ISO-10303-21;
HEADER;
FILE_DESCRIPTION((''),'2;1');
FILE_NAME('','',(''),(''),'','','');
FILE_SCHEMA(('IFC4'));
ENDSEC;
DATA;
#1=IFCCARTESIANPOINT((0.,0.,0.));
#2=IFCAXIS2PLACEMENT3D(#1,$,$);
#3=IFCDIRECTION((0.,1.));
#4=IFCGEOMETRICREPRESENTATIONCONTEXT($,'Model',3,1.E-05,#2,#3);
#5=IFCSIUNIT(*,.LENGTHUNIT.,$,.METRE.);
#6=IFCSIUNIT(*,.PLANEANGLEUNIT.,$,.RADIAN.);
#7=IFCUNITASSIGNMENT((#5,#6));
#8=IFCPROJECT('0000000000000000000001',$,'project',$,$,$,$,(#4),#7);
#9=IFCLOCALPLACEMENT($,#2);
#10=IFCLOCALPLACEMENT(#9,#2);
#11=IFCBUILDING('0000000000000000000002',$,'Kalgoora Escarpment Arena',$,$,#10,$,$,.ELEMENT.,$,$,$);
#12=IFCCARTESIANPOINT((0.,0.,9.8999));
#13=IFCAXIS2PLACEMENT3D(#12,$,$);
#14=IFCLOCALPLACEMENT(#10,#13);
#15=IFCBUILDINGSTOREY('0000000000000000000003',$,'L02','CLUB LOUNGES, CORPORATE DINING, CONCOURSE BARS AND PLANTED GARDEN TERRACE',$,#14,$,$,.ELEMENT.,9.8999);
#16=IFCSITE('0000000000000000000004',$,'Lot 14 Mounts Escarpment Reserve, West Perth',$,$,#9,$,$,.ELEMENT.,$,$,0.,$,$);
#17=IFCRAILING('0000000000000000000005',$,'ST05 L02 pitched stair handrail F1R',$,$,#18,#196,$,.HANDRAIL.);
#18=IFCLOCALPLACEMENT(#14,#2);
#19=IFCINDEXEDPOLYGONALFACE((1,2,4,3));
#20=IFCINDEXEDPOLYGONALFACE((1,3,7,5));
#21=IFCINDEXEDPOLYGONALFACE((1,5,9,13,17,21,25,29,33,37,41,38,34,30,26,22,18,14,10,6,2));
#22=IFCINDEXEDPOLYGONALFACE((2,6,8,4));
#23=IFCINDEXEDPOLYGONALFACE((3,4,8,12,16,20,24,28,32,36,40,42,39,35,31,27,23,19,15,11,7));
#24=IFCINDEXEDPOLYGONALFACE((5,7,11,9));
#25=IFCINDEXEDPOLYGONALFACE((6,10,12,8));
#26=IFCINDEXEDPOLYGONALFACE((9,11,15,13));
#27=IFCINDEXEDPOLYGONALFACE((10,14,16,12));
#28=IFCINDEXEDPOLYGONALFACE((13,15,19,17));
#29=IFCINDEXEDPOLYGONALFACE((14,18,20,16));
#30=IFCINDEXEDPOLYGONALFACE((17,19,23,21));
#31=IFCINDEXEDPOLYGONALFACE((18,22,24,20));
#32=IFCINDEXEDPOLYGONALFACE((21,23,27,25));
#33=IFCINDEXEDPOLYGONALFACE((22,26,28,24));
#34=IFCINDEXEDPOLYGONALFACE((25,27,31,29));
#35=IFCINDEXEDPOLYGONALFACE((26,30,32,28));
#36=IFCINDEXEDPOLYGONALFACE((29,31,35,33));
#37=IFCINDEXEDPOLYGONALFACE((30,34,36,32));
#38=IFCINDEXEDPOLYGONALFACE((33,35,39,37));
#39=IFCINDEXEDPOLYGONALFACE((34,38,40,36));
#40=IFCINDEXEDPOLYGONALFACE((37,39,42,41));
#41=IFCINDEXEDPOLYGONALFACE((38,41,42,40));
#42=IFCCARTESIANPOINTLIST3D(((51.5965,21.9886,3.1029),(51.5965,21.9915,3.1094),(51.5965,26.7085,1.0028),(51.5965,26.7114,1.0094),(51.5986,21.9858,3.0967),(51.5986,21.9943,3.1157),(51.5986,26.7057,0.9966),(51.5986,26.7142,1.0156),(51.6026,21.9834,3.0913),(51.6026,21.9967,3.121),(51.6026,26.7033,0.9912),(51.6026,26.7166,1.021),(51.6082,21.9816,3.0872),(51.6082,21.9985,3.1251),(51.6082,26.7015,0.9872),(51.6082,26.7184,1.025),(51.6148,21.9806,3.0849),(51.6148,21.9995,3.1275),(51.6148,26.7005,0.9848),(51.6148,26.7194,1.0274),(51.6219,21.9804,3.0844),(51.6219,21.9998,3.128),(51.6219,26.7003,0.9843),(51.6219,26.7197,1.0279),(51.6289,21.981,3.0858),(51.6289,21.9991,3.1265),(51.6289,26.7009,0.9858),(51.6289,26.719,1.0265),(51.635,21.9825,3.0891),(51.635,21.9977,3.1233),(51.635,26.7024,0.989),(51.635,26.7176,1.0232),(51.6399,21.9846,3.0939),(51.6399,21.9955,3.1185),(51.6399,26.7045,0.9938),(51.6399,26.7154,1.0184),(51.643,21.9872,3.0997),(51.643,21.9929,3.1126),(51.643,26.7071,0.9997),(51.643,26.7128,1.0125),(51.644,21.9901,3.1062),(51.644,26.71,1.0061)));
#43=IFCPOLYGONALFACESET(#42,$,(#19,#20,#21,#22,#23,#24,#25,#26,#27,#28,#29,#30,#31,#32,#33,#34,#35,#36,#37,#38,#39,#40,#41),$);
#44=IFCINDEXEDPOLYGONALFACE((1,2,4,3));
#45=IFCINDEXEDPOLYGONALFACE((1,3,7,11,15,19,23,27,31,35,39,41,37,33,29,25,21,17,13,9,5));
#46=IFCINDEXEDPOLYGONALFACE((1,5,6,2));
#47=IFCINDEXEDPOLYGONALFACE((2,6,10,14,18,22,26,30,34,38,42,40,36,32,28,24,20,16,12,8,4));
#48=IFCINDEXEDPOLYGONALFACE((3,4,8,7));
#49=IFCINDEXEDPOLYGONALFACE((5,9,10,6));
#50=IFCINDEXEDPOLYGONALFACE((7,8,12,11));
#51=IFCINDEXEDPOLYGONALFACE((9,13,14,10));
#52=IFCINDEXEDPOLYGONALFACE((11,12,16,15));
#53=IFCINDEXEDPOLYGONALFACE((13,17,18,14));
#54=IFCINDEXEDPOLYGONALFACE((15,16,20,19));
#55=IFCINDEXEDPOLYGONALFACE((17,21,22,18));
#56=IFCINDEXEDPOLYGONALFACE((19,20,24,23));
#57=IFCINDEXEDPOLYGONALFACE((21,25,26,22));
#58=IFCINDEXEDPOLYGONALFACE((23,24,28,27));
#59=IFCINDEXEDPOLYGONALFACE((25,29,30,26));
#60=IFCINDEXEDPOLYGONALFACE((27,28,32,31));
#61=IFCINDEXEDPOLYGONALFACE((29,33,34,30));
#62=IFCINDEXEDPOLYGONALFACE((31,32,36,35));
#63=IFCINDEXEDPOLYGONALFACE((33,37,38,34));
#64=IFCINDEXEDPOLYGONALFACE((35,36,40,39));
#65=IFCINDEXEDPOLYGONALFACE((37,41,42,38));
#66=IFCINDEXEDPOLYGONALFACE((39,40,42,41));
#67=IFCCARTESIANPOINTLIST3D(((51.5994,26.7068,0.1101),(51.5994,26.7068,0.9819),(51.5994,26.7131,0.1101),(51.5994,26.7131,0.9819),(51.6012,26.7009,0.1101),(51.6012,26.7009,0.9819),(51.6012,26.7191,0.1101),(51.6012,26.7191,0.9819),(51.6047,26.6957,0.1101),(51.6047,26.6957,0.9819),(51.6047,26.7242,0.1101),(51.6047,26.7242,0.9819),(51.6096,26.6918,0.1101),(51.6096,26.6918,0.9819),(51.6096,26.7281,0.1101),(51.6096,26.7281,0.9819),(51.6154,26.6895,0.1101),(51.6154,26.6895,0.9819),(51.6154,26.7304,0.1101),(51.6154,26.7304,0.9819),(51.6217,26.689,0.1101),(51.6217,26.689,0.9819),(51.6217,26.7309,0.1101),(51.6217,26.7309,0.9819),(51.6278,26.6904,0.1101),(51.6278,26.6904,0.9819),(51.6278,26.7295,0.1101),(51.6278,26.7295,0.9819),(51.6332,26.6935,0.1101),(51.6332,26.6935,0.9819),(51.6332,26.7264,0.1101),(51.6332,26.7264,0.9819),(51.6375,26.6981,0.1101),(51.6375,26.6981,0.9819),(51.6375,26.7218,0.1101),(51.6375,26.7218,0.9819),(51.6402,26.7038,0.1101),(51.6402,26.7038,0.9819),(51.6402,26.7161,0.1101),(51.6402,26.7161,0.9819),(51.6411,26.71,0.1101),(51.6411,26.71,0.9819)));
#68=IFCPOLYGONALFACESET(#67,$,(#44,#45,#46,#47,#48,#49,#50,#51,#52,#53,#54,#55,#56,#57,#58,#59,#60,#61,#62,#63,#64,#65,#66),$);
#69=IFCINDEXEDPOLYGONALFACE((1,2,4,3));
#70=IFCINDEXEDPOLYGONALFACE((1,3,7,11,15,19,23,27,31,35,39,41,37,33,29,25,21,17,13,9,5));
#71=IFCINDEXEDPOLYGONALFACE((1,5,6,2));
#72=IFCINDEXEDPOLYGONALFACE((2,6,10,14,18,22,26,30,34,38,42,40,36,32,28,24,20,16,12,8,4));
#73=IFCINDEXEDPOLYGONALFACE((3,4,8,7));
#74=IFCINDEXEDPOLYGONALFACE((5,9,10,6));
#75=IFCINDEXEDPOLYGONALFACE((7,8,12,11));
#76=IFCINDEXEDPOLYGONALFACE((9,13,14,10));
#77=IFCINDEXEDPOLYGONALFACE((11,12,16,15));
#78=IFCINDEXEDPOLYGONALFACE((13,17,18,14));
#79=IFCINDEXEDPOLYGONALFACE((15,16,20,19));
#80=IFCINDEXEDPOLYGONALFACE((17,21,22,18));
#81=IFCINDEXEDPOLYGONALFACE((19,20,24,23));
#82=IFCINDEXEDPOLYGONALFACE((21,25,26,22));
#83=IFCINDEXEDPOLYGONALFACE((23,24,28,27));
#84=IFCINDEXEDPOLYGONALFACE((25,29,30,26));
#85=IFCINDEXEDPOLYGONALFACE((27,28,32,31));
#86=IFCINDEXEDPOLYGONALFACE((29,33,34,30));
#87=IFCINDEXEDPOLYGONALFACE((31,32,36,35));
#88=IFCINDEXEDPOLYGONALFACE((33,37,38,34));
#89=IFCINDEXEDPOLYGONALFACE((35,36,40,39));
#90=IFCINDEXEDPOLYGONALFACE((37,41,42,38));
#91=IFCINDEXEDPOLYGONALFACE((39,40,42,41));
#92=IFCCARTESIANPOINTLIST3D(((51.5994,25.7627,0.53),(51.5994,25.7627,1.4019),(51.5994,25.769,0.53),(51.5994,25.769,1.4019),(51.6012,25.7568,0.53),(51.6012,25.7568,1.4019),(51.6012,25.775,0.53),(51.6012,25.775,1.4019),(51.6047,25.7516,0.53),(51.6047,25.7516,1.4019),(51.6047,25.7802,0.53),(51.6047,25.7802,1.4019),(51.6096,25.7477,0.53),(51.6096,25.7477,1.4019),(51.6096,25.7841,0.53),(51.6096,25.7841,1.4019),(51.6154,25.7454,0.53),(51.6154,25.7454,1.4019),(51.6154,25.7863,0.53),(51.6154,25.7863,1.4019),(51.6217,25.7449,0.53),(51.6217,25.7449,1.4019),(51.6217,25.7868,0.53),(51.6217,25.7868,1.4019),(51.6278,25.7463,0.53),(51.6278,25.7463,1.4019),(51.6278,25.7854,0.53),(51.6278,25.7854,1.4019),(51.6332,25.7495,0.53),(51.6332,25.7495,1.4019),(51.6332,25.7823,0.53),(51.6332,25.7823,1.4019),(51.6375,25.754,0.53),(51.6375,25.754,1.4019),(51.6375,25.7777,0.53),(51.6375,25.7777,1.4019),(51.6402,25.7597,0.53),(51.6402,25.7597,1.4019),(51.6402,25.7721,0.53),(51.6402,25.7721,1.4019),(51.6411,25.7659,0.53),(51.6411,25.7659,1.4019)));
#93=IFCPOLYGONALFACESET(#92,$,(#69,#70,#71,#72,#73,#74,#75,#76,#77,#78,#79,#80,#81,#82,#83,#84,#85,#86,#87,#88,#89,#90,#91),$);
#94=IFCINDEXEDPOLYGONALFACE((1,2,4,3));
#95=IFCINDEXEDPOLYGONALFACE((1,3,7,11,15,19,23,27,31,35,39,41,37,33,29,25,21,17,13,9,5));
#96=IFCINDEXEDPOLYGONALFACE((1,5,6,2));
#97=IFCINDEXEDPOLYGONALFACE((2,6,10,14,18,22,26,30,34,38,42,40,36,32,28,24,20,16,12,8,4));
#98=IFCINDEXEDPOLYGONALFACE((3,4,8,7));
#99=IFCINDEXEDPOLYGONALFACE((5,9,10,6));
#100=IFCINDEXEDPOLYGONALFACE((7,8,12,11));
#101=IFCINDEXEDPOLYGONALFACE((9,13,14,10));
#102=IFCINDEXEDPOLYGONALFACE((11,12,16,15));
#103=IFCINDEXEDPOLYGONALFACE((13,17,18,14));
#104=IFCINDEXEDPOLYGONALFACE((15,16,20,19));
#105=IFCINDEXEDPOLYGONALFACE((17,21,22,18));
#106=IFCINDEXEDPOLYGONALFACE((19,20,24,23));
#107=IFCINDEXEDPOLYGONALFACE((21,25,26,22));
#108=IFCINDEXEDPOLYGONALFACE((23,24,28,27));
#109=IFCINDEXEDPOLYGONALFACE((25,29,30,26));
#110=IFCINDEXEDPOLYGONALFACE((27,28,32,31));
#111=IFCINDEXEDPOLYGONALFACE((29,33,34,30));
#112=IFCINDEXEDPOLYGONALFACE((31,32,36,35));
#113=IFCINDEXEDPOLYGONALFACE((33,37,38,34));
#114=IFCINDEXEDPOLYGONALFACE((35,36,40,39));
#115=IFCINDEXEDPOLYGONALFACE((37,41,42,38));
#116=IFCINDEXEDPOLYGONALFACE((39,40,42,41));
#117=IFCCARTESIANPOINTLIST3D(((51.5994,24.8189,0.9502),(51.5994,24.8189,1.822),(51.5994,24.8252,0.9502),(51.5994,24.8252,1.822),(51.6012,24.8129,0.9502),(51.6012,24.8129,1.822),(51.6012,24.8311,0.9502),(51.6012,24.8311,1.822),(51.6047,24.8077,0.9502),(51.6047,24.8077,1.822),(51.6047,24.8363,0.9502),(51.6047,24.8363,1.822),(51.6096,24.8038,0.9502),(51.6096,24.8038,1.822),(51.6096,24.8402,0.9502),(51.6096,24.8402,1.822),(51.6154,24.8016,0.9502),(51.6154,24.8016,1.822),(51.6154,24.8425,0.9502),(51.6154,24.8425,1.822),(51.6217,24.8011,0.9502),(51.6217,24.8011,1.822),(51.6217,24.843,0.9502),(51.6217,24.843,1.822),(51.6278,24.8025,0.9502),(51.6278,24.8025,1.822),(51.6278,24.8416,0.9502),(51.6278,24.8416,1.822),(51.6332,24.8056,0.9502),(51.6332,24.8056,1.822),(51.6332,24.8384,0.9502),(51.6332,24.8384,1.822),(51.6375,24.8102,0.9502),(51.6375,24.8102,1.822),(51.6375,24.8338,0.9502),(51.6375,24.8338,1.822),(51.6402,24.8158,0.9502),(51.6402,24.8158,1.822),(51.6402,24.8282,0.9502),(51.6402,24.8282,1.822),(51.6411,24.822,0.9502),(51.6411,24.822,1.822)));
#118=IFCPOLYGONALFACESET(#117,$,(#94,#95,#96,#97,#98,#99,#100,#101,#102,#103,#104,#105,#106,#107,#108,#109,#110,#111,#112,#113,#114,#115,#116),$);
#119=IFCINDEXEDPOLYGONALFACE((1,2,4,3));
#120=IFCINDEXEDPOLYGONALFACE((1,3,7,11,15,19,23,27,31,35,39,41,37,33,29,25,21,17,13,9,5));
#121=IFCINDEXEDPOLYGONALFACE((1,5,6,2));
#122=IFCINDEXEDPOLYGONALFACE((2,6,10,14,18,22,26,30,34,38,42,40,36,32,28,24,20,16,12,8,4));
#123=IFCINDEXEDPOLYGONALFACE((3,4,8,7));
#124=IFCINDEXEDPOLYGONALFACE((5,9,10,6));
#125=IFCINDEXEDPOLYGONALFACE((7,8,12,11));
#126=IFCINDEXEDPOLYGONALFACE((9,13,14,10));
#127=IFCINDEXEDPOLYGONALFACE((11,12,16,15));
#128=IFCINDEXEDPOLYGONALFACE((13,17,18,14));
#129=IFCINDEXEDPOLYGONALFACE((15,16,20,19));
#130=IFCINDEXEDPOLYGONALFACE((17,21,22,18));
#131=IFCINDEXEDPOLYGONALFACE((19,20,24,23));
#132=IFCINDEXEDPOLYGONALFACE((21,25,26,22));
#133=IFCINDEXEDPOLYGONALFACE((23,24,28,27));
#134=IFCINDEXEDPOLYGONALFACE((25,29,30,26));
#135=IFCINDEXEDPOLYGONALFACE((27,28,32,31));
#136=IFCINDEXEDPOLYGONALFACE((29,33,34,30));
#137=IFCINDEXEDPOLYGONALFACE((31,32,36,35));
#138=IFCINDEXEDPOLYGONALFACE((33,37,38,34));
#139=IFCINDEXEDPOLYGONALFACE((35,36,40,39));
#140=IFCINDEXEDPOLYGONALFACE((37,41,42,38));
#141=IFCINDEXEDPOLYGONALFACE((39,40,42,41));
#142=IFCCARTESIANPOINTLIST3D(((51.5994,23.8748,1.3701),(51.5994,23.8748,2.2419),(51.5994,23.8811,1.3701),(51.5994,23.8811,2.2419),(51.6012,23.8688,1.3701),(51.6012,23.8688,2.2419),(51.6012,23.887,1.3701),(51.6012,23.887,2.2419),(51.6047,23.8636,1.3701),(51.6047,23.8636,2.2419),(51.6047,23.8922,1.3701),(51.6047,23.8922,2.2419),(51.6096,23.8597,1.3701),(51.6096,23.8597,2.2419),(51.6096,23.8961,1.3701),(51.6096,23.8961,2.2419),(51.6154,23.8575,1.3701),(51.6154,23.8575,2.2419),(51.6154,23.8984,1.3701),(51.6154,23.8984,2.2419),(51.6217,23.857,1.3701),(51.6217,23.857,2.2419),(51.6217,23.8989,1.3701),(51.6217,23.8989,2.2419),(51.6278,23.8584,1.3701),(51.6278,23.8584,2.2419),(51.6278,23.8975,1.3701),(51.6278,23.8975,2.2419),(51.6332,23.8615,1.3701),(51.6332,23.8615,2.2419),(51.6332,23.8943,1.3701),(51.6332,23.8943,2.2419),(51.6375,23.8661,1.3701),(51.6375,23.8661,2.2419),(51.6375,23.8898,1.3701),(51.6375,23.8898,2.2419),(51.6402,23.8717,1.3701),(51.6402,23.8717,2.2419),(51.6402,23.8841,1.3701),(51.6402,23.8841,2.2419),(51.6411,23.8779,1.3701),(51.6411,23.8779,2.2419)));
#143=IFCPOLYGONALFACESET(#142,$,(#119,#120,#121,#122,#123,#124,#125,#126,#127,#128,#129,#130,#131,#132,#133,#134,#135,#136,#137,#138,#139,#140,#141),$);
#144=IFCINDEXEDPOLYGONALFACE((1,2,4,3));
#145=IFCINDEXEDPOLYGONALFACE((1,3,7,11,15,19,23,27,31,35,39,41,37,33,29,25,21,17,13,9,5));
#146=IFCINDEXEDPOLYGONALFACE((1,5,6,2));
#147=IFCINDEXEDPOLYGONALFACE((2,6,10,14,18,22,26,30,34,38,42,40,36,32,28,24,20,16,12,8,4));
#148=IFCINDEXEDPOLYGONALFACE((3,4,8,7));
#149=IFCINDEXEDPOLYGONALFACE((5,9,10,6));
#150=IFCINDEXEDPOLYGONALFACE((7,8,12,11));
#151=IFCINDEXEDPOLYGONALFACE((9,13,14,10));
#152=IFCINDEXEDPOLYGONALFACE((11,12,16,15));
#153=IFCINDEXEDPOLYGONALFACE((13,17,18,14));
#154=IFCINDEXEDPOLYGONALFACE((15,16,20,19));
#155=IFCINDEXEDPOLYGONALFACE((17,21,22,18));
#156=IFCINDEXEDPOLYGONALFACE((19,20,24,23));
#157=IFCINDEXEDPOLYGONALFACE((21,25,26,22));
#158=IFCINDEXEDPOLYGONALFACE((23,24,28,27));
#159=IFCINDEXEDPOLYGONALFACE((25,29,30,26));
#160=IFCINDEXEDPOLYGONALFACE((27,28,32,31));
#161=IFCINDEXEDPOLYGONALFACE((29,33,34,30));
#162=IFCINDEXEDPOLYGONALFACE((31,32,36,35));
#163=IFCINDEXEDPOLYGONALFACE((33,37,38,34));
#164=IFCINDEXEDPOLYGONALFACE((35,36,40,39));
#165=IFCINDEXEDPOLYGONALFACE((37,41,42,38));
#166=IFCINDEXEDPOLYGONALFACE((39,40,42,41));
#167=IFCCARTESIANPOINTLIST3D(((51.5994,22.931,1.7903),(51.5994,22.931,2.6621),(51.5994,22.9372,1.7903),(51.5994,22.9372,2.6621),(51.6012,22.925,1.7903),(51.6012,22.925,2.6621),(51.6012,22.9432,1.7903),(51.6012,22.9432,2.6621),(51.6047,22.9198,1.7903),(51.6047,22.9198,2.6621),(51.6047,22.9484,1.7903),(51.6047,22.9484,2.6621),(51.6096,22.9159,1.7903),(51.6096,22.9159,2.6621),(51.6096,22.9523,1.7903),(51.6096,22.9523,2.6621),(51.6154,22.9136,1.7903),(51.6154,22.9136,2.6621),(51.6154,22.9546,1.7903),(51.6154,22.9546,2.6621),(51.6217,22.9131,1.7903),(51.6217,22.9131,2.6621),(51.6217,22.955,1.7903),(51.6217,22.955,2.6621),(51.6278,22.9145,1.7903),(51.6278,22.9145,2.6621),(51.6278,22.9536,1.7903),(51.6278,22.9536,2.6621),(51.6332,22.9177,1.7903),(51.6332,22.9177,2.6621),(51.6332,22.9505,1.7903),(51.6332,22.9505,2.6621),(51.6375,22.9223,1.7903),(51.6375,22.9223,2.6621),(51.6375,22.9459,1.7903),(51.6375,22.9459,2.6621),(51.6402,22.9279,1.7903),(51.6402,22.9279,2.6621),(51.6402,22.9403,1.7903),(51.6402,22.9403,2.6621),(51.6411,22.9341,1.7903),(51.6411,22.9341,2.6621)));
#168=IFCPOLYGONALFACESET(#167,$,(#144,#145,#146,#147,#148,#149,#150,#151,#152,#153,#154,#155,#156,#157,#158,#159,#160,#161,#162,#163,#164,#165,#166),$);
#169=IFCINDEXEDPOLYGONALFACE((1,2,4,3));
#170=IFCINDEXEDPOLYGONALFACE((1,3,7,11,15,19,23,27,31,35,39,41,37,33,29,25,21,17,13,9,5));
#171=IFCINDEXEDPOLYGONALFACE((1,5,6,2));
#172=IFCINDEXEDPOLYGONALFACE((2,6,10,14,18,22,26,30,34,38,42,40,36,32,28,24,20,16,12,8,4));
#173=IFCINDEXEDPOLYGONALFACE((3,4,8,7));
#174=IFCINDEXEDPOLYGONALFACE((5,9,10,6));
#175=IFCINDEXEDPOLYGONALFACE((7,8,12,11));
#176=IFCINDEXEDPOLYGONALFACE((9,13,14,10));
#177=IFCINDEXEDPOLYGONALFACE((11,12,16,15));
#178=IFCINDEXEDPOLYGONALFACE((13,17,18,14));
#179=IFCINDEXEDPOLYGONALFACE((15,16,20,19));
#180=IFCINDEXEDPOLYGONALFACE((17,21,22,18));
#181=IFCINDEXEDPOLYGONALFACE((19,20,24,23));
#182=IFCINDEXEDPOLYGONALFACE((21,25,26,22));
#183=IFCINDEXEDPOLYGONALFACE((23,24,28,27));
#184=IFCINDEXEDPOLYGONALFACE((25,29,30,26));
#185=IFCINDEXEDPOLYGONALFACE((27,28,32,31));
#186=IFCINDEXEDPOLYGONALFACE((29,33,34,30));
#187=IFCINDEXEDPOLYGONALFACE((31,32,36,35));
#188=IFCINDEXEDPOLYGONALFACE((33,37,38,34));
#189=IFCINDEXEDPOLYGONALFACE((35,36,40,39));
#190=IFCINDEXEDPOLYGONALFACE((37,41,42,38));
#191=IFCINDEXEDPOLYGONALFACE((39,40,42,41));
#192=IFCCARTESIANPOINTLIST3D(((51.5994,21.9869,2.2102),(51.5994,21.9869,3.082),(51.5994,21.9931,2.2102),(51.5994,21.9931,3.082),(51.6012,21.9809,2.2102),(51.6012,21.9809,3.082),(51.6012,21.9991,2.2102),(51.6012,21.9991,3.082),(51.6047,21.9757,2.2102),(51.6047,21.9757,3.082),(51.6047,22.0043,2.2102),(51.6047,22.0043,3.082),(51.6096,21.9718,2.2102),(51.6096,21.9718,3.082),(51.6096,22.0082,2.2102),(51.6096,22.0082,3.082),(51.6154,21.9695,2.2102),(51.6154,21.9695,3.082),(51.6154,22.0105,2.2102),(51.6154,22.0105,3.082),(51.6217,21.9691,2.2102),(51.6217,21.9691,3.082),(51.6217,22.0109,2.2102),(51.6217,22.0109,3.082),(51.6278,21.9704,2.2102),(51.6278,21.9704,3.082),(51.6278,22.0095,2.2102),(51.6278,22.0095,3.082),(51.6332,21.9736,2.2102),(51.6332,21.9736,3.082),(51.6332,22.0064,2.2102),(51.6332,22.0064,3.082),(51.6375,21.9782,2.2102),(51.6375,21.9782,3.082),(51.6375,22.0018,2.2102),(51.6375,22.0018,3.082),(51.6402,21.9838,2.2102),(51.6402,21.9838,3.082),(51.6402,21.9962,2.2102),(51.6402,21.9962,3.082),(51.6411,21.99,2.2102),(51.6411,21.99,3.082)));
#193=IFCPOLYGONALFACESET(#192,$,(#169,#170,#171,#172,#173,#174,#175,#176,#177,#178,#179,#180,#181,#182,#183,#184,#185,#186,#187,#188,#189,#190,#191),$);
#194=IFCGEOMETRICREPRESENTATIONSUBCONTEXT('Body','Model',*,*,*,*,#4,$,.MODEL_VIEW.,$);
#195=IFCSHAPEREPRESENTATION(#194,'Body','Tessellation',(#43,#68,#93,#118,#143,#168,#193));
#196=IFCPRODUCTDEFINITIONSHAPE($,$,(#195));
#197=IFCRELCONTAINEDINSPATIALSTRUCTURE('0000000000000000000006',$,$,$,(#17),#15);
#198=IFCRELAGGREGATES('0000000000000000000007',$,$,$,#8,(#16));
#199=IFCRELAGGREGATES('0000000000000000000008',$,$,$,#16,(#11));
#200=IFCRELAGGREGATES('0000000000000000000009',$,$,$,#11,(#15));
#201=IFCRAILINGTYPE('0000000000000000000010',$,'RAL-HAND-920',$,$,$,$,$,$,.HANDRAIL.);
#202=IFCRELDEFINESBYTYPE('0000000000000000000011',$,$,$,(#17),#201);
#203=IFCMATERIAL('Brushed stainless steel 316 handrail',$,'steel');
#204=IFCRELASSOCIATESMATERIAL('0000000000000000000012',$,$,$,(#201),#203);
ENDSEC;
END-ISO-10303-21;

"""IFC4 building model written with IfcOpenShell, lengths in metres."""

from ifc_helpers import new_model, si_unit, direction, frame, origin, origin_2d, place, context, subcontext, project, spatial, circle, extrude, material, type_object, element, save


model = new_model("IFC4")

# Units and contexts
model_context = context("Model", 3, precision=1e-05, world=origin(), true_north=direction((0.0, 1.0)))
body_context = subcontext(model_context, "Body", "Model", "MODEL_VIEW")
ifc_project = project(units=[si_unit("LENGTHUNIT", "METRE"), si_unit("PLANEANGLEUNIT", "RADIAN")], contexts=[model_context])

# Site, building, storey
site_placement = place(None, origin())
site = spatial("IfcSite", under=ifc_project, at=site_placement, Name="Lot 14 Mounts Escarpment Reserve, West Perth", CompositionType="ELEMENT", RefElevation=0.0)
building_placement = place(site_placement, origin())
building = spatial("IfcBuilding", under=site, at=building_placement, Name="Kalgoora Escarpment Arena", CompositionType="ELEMENT")
storey_placement = place(building_placement, frame((0.0, 0.0, 9.8999)))
storey = spatial("IfcBuildingStorey", under=building, at=storey_placement, Name="L02", Description="CLUB LOUNGES, CORPORATE DINING, CONCOURSE BARS AND PLANTED GARDEN TERRACE", CompositionType="ELEMENT", Elevation=9.8999)

# Railing
ifc_material_1 = material(Name="Brushed stainless steel 316 handrail", Category="steel")
railing_type_1 = type_object("IfcRailingType", Name="RAL-HAND-920", PredefinedType="HANDRAIL", material=ifc_material_1)
for number, where, name in (
    (1, (51.6201, 26.71, 0.1101), "ST05 L02 pitched stair handrail F1R"),
):
    element("IfcRailing", number, at=place(storey_placement, frame(where)), inside=storey, type_object=railing_type_1, Name=name, PredefinedType="HANDRAIL", context=body_context, shape_type="SweptSolid", body=[
        extrude(circle(Radius=0.0239, at=origin_2d()), frame((0.0, 0.0, 0.896), z_axis=(0.0, -0.913644, 0.406516), x_axis=(1.0, 0.0, 0.0)), (0.0, 0.0, 1.0), 5.166),
        extrude(circle(Radius=0.021, at=origin_2d()), origin(), (0.0, 0.0, 1.0), 0.8718),
        extrude(circle(Radius=0.021, at=origin_2d()), frame((0.0, -0.9441, 0.4199)), (0.0, 0.0, 1.0), 0.8718),
        extrude(circle(Radius=0.021, at=origin_2d()), frame((0.0, -1.8879, 0.8401)), (0.0, 0.0, 1.0), 0.8718),
        extrude(circle(Radius=0.021, at=origin_2d()), frame((0.0, -2.832, 1.26)), (0.0, 0.0, 1.0), 0.8718),
        extrude(circle(Radius=0.021, at=origin_2d()), frame((0.0, -3.7759, 1.6802)), (0.0, 0.0, 1.0), 0.8718),
        extrude(circle(Radius=0.021, at=origin_2d()), frame((0.0, -4.72, 2.1001)), (0.0, 0.0, 1.0), 0.8718),
    ])

save(model, "model.ifc")
